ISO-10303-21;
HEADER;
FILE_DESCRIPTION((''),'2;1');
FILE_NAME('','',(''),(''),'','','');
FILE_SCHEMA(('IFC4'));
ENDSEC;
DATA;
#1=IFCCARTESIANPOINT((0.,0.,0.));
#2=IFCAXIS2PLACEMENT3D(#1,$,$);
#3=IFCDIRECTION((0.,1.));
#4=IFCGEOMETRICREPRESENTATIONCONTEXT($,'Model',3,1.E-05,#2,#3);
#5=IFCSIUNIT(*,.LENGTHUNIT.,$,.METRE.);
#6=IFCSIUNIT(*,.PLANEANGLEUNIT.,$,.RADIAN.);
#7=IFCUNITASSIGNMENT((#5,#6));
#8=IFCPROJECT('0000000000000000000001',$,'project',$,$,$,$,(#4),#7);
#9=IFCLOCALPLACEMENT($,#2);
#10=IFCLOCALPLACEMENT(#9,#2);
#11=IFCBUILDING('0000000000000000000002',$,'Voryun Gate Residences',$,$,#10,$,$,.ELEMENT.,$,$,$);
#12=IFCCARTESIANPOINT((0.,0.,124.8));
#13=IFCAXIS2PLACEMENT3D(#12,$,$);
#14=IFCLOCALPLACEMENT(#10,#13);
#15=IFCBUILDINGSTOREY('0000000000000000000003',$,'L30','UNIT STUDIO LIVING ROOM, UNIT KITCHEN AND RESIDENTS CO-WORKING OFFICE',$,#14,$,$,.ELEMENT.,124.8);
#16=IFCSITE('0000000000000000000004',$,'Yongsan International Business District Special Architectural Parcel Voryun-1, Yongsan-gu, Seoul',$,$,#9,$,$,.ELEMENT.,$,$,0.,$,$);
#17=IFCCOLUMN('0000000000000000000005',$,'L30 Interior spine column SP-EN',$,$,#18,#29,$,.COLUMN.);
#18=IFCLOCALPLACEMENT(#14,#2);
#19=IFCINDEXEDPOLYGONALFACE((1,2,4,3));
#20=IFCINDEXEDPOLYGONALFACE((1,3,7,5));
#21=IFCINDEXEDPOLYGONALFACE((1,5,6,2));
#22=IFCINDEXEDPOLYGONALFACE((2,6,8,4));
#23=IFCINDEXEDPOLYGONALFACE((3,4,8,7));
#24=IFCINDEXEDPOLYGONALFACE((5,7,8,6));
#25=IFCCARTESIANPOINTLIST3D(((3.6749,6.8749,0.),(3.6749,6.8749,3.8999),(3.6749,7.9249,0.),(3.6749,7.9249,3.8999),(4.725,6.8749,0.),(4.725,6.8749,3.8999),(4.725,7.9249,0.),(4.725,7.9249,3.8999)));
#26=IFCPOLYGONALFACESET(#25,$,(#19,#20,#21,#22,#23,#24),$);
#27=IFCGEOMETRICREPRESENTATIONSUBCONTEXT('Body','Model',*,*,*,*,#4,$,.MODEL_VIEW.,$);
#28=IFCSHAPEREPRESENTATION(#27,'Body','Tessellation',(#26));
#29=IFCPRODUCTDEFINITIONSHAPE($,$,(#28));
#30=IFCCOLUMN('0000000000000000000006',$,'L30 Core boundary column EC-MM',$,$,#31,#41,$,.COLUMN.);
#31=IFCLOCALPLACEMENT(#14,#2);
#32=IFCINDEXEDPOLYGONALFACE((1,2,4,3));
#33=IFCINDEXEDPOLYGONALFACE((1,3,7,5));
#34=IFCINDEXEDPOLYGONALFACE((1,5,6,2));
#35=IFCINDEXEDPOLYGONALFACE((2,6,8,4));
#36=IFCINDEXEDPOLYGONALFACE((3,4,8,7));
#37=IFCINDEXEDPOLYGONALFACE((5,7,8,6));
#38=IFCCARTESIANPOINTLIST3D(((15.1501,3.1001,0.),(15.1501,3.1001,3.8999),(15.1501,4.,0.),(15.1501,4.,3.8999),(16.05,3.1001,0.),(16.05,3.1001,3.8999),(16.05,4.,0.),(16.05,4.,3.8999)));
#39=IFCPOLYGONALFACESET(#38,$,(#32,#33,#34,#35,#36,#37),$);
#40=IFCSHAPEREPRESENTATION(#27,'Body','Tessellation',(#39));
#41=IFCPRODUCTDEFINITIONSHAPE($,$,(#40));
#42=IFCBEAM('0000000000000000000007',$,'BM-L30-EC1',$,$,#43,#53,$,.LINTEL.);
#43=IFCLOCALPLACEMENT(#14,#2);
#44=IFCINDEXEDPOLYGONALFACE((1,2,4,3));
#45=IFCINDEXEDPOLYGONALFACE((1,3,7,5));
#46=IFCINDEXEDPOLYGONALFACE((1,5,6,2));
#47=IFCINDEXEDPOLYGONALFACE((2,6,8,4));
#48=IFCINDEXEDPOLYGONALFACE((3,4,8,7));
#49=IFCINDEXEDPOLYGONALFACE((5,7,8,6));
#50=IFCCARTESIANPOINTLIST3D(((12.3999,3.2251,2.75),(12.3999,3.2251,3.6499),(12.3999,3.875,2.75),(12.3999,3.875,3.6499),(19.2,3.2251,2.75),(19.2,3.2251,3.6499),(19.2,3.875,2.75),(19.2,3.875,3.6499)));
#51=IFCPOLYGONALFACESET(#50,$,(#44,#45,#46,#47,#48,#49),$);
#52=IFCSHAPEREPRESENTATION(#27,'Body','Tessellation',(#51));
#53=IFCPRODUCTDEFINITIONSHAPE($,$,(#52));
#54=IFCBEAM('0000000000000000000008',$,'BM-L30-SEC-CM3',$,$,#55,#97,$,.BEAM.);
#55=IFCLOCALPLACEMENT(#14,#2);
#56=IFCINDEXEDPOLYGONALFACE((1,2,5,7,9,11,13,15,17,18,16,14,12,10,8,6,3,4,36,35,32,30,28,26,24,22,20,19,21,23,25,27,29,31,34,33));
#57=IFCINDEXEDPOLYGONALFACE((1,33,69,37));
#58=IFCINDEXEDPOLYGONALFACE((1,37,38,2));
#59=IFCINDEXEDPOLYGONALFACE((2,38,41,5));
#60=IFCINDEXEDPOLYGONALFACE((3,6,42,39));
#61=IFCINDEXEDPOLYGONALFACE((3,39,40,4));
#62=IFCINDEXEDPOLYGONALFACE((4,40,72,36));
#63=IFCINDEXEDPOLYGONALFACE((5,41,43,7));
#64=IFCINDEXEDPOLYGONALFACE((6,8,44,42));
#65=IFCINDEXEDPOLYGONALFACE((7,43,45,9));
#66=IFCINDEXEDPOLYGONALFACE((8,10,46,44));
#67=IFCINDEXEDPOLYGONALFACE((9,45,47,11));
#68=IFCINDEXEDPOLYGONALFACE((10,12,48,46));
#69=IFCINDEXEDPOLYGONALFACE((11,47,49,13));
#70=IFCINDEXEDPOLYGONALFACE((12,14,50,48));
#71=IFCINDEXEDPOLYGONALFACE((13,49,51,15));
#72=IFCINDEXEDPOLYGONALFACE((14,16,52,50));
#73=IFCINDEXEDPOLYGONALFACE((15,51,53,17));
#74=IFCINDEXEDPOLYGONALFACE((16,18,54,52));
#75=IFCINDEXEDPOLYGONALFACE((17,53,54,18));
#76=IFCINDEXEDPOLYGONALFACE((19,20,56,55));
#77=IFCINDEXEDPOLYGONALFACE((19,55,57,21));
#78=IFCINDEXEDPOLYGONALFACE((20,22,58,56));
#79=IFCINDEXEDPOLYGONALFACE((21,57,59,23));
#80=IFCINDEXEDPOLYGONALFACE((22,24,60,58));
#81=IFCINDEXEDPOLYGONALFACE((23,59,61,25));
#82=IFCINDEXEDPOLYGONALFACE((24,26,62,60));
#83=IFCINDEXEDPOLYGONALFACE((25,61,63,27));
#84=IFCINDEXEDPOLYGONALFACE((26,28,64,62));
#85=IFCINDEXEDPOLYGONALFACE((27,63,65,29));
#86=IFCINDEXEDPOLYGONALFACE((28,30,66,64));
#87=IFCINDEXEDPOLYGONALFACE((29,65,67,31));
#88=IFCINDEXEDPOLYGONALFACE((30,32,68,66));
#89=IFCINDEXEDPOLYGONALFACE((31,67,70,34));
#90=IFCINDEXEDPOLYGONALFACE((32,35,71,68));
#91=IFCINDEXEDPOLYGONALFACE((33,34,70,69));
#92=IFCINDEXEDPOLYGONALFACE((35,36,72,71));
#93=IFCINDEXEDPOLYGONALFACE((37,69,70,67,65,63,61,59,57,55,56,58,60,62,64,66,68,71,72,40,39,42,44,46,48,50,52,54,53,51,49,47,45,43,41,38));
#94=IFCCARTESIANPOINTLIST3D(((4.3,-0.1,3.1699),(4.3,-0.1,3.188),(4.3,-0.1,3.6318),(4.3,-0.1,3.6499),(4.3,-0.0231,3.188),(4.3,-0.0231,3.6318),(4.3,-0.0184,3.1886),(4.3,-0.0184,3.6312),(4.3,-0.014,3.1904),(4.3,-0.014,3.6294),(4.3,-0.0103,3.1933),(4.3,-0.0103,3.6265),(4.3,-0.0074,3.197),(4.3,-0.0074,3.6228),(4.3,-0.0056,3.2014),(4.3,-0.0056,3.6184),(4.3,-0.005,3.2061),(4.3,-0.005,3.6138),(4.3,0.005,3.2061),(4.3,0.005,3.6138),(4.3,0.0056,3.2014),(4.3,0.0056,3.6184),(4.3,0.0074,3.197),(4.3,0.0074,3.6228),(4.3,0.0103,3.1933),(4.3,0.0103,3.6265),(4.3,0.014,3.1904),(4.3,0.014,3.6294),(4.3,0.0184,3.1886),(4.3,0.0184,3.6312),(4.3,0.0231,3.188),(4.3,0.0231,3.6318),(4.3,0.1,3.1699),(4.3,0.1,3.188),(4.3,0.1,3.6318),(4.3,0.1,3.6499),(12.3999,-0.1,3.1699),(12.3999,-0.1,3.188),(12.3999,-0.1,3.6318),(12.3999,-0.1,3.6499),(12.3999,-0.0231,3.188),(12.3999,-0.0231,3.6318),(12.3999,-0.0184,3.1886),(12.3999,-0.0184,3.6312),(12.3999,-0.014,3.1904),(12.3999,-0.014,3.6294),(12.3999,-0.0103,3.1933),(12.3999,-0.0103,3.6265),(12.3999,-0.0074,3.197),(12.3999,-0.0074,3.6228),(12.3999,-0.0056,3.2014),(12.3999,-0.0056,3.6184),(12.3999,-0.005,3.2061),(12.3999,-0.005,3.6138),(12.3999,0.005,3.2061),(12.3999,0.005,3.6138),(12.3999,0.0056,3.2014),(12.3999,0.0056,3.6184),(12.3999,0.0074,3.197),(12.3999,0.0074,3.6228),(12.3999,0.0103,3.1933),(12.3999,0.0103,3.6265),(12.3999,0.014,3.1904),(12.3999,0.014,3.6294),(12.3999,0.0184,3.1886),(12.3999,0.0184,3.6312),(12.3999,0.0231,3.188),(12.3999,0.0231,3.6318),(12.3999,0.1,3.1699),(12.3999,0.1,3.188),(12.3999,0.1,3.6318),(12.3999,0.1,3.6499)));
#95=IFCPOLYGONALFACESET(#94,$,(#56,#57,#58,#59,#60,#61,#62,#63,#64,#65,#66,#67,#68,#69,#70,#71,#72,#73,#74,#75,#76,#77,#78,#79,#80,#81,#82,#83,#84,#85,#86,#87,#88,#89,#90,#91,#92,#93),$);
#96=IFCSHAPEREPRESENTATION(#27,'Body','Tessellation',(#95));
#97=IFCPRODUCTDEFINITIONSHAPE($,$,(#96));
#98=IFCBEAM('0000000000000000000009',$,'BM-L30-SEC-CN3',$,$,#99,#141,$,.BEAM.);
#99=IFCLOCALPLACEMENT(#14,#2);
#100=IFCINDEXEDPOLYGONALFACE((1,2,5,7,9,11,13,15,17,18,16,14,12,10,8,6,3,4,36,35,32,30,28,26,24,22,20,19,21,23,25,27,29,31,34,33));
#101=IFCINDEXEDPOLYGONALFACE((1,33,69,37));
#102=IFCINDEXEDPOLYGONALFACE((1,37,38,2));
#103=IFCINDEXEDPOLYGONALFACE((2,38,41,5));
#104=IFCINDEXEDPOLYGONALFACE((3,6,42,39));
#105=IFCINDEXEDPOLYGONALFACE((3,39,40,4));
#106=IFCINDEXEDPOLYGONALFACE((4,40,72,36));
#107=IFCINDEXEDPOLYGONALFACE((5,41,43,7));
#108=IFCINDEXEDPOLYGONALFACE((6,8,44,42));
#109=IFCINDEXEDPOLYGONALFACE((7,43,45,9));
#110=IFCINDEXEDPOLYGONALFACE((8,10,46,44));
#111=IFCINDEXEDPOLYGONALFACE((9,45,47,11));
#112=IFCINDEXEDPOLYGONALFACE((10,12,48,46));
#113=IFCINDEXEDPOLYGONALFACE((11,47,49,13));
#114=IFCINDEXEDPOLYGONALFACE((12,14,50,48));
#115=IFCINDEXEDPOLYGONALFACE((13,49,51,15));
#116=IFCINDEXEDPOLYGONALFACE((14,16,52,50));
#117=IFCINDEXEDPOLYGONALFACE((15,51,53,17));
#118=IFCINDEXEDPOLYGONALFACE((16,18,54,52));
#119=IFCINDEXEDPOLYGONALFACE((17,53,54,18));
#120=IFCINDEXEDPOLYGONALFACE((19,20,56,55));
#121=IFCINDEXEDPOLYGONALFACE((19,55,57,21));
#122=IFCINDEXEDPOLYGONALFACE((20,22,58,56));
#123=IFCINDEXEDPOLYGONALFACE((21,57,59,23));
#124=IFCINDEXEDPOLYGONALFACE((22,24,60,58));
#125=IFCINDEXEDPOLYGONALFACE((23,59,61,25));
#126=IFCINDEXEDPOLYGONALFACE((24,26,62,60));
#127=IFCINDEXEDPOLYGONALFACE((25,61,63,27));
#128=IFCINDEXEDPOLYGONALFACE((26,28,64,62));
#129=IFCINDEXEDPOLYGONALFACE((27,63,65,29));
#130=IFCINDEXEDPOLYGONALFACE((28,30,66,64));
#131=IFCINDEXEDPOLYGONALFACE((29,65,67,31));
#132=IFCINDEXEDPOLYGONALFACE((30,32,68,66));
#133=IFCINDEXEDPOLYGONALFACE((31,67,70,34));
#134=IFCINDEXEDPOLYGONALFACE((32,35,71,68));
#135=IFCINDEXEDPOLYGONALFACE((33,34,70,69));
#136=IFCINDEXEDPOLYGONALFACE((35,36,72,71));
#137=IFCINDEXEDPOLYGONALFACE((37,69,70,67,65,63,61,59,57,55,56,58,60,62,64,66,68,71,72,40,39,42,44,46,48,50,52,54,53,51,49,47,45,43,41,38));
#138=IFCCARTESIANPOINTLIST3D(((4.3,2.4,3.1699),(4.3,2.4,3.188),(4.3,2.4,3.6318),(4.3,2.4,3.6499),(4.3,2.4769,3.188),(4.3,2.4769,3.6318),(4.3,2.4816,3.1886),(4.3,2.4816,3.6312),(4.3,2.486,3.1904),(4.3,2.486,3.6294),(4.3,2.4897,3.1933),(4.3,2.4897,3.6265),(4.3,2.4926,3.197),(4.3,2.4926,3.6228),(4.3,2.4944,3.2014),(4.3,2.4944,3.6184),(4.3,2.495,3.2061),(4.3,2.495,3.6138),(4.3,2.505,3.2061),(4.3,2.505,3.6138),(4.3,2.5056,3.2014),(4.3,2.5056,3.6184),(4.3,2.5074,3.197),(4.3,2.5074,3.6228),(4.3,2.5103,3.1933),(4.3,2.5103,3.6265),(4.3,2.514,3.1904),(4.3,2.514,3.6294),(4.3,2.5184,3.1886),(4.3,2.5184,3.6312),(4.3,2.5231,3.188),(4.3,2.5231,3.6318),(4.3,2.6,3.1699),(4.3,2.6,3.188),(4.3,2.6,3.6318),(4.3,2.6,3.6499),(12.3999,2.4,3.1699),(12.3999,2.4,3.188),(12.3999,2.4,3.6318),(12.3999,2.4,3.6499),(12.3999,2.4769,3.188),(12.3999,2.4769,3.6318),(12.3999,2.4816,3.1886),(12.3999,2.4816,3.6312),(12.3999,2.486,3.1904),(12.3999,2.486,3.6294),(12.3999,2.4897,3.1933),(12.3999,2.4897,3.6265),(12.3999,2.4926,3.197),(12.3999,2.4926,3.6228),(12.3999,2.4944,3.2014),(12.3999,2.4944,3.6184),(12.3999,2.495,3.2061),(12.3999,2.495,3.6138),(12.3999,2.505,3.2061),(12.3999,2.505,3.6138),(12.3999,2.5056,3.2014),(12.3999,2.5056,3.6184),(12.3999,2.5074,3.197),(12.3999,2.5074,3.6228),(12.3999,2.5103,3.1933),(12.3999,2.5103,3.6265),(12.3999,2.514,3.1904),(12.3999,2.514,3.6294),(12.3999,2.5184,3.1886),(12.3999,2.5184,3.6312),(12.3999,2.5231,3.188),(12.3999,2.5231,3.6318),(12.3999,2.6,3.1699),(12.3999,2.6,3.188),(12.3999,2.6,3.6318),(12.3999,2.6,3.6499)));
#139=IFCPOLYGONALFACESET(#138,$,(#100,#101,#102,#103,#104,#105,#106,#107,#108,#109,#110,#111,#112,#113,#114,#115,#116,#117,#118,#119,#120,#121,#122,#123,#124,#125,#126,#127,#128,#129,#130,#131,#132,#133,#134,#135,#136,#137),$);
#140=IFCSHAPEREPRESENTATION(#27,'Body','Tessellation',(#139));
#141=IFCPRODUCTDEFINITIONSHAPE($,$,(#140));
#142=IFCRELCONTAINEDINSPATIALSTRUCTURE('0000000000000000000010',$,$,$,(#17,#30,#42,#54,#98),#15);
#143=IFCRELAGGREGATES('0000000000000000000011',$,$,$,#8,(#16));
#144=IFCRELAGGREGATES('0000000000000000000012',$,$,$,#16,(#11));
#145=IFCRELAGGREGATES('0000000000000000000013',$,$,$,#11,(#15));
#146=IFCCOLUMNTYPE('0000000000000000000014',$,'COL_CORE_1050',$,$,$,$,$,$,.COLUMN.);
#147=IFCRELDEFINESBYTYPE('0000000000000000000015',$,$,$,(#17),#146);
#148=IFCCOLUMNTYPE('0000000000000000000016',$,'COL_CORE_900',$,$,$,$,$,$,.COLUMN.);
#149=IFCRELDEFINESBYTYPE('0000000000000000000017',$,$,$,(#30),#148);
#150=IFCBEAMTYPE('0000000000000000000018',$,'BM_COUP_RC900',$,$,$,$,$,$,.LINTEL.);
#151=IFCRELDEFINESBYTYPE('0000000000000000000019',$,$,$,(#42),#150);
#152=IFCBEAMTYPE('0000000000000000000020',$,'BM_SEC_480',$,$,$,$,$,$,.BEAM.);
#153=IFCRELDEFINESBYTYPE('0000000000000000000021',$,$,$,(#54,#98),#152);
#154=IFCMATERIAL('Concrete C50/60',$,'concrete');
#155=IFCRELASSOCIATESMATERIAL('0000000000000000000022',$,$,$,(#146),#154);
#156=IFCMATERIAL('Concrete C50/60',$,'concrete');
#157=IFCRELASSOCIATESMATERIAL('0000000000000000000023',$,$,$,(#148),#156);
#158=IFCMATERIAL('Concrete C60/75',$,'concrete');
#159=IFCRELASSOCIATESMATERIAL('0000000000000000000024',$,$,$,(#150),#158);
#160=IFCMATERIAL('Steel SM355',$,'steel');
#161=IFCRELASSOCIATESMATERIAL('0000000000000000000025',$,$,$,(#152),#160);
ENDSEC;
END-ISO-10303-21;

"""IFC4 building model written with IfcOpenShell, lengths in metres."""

from ifc_helpers import new_model, si_unit, direction, frame, origin, origin_2d, place, context, subcontext, project, spatial, rectangle, i_section, extrude, material, material_profile, profile_set, type_object, element, save


model = new_model("IFC4")

# Units and contexts
model_context = context("Model", 3, precision=1e-05, world=origin(), true_north=direction((0.0, 1.0)))
body_context = subcontext(model_context, "Body", "Model", "MODEL_VIEW")
ifc_project = project(units=[si_unit("LENGTHUNIT", "METRE"), si_unit("PLANEANGLEUNIT", "RADIAN")], contexts=[model_context])

# Site, building, storey
site_placement = place(None, origin())
site = spatial("IfcSite", under=ifc_project, at=site_placement, Name="Yongsan International Business District Special Architectural Parcel Voryun-1, Yongsan-gu, Seoul", CompositionType="ELEMENT", RefElevation=0.0)
building_placement = place(site_placement, origin())
building = spatial("IfcBuilding", under=site, at=building_placement, Name="Voryun Gate Residences", CompositionType="ELEMENT")
storey_placement = place(building_placement, frame((0.0, 0.0, 124.8)))
storey = spatial("IfcBuildingStorey", under=building, at=storey_placement, Name="L30", Description="UNIT STUDIO LIVING ROOM, UNIT KITCHEN AND RESIDENTS CO-WORKING OFFICE", CompositionType="ELEMENT", Elevation=124.8)

# Columns
ifc_material_1 = material(Name="Concrete C50/60", Category="concrete")
ifc_material_profile_1 = material_profile(ifc_material_1, rectangle(XDim=1.05, YDim=1.05, at=origin_2d()), Name="RC-1050x1050")
ifc_profile_set_1 = profile_set([ifc_material_profile_1], Name="Concrete C50/60")
column_type_1 = type_object("IfcColumnType", Name="COL_CORE_1050", PredefinedType="COLUMN", material=ifc_profile_set_1)
column_1_placement = place(storey_placement, frame((4.2, 7.3999, 0.0), z_axis=(0.0, 0.0, 1.0), x_axis=(1.0, 0.0, 0.0)))
element("IfcColumn", 1, at=column_1_placement, inside=storey, type_object=column_type_1, Name="L30 Interior spine column SP-EN", PredefinedType="COLUMN", context=body_context, shape_type="SweptSolid", body=[
    extrude(rectangle(XDim=1.05, YDim=1.05, at=origin_2d()), origin(), (0.0, 0.0, 1.0), 3.8999),
])
ifc_material_2 = material(Name="Concrete C50/60", Category="concrete")
ifc_material_profile_2 = material_profile(ifc_material_2, rectangle(XDim=0.8999, YDim=0.8999, at=origin_2d()), Name="RC-900x900")
ifc_profile_set_2 = profile_set([ifc_material_profile_2], Name="Concrete C50/60")
column_type_2 = type_object("IfcColumnType", Name="COL_CORE_900", PredefinedType="COLUMN", material=ifc_profile_set_2)
column_2_placement = place(storey_placement, frame((15.6001, 3.55, 0.0), z_axis=(0.0, 0.0, 1.0), x_axis=(1.0, 0.0, 0.0)))
element("IfcColumn", 2, at=column_2_placement, inside=storey, type_object=column_type_2, Name="L30 Core boundary column EC-MM", PredefinedType="COLUMN", context=body_context, shape_type="SweptSolid", body=[
    extrude(rectangle(XDim=0.8999, YDim=0.8999, at=origin_2d()), origin(), (0.0, 0.0, 1.0), 3.8999),
])

# Beams
ifc_material_3 = material(Name="Concrete C60/75", Category="concrete")
ifc_material_profile_3 = material_profile(ifc_material_3, rectangle(XDim=0.6499, YDim=0.8999, at=origin_2d()), Name="RC-650x900")
ifc_profile_set_3 = profile_set([ifc_material_profile_3], Name="Concrete C60/75")
beam_type_1 = type_object("IfcBeamType", Name="BM_COUP_RC900", PredefinedType="LINTEL", material=ifc_profile_set_3)
beam_placement = place(storey_placement, frame((12.3999, 3.55, 3.2), z_axis=(1.0, 0.0, 0.0), x_axis=(0.0, 1.0, 0.0)))
element("IfcBeam", 3, at=beam_placement, inside=storey, type_object=beam_type_1, Name="BM-L30-EC1", PredefinedType="LINTEL", context=body_context, shape_type="SweptSolid", body=[
    extrude(rectangle(XDim=0.6499, YDim=0.8999, at=origin_2d()), origin(), (0.0, 0.0, 1.0), 6.8),
])
ifc_material_4 = material(Name="Steel SM355", Category="steel")
ifc_material_profile_4 = material_profile(ifc_material_4, i_section(OverallWidth=0.2, OverallDepth=0.48, WebThickness=0.01, FlangeThickness=0.0181, FilletRadius=0.0181, at=origin_2d()), Name="H-480x200x10x18")
ifc_profile_set_4 = profile_set([ifc_material_profile_4], Name="Steel SM355")
beam_type_2 = type_object("IfcBeamType", Name="BM_SEC_480", PredefinedType="BEAM", material=ifc_profile_set_4)
for number, where, z_axis, x_axis, name in (
    (4, (4.3, 0.0, 3.4099), (1.0, 0.0, 0.0), (0.0, 1.0, 0.0), "BM-L30-SEC-CM3"),
    (5, (4.3, 2.5, 3.4099), (1.0, 0.0, 0.0), (0.0, 1.0, 0.0), "BM-L30-SEC-CN3"),
):
    element("IfcBeam", number, at=place(storey_placement, frame(where, z_axis=z_axis, x_axis=x_axis)), inside=storey, type_object=beam_type_2, Name=name, PredefinedType="BEAM", context=body_context, shape_type="SweptSolid", body=[
        extrude(i_section(OverallWidth=0.2, OverallDepth=0.48, WebThickness=0.01, FlangeThickness=0.0181, FilletRadius=0.0181, at=origin_2d()), origin(), (0.0, 0.0, 1.0), 8.0999),
    ])

save(model, "model.ifc")
